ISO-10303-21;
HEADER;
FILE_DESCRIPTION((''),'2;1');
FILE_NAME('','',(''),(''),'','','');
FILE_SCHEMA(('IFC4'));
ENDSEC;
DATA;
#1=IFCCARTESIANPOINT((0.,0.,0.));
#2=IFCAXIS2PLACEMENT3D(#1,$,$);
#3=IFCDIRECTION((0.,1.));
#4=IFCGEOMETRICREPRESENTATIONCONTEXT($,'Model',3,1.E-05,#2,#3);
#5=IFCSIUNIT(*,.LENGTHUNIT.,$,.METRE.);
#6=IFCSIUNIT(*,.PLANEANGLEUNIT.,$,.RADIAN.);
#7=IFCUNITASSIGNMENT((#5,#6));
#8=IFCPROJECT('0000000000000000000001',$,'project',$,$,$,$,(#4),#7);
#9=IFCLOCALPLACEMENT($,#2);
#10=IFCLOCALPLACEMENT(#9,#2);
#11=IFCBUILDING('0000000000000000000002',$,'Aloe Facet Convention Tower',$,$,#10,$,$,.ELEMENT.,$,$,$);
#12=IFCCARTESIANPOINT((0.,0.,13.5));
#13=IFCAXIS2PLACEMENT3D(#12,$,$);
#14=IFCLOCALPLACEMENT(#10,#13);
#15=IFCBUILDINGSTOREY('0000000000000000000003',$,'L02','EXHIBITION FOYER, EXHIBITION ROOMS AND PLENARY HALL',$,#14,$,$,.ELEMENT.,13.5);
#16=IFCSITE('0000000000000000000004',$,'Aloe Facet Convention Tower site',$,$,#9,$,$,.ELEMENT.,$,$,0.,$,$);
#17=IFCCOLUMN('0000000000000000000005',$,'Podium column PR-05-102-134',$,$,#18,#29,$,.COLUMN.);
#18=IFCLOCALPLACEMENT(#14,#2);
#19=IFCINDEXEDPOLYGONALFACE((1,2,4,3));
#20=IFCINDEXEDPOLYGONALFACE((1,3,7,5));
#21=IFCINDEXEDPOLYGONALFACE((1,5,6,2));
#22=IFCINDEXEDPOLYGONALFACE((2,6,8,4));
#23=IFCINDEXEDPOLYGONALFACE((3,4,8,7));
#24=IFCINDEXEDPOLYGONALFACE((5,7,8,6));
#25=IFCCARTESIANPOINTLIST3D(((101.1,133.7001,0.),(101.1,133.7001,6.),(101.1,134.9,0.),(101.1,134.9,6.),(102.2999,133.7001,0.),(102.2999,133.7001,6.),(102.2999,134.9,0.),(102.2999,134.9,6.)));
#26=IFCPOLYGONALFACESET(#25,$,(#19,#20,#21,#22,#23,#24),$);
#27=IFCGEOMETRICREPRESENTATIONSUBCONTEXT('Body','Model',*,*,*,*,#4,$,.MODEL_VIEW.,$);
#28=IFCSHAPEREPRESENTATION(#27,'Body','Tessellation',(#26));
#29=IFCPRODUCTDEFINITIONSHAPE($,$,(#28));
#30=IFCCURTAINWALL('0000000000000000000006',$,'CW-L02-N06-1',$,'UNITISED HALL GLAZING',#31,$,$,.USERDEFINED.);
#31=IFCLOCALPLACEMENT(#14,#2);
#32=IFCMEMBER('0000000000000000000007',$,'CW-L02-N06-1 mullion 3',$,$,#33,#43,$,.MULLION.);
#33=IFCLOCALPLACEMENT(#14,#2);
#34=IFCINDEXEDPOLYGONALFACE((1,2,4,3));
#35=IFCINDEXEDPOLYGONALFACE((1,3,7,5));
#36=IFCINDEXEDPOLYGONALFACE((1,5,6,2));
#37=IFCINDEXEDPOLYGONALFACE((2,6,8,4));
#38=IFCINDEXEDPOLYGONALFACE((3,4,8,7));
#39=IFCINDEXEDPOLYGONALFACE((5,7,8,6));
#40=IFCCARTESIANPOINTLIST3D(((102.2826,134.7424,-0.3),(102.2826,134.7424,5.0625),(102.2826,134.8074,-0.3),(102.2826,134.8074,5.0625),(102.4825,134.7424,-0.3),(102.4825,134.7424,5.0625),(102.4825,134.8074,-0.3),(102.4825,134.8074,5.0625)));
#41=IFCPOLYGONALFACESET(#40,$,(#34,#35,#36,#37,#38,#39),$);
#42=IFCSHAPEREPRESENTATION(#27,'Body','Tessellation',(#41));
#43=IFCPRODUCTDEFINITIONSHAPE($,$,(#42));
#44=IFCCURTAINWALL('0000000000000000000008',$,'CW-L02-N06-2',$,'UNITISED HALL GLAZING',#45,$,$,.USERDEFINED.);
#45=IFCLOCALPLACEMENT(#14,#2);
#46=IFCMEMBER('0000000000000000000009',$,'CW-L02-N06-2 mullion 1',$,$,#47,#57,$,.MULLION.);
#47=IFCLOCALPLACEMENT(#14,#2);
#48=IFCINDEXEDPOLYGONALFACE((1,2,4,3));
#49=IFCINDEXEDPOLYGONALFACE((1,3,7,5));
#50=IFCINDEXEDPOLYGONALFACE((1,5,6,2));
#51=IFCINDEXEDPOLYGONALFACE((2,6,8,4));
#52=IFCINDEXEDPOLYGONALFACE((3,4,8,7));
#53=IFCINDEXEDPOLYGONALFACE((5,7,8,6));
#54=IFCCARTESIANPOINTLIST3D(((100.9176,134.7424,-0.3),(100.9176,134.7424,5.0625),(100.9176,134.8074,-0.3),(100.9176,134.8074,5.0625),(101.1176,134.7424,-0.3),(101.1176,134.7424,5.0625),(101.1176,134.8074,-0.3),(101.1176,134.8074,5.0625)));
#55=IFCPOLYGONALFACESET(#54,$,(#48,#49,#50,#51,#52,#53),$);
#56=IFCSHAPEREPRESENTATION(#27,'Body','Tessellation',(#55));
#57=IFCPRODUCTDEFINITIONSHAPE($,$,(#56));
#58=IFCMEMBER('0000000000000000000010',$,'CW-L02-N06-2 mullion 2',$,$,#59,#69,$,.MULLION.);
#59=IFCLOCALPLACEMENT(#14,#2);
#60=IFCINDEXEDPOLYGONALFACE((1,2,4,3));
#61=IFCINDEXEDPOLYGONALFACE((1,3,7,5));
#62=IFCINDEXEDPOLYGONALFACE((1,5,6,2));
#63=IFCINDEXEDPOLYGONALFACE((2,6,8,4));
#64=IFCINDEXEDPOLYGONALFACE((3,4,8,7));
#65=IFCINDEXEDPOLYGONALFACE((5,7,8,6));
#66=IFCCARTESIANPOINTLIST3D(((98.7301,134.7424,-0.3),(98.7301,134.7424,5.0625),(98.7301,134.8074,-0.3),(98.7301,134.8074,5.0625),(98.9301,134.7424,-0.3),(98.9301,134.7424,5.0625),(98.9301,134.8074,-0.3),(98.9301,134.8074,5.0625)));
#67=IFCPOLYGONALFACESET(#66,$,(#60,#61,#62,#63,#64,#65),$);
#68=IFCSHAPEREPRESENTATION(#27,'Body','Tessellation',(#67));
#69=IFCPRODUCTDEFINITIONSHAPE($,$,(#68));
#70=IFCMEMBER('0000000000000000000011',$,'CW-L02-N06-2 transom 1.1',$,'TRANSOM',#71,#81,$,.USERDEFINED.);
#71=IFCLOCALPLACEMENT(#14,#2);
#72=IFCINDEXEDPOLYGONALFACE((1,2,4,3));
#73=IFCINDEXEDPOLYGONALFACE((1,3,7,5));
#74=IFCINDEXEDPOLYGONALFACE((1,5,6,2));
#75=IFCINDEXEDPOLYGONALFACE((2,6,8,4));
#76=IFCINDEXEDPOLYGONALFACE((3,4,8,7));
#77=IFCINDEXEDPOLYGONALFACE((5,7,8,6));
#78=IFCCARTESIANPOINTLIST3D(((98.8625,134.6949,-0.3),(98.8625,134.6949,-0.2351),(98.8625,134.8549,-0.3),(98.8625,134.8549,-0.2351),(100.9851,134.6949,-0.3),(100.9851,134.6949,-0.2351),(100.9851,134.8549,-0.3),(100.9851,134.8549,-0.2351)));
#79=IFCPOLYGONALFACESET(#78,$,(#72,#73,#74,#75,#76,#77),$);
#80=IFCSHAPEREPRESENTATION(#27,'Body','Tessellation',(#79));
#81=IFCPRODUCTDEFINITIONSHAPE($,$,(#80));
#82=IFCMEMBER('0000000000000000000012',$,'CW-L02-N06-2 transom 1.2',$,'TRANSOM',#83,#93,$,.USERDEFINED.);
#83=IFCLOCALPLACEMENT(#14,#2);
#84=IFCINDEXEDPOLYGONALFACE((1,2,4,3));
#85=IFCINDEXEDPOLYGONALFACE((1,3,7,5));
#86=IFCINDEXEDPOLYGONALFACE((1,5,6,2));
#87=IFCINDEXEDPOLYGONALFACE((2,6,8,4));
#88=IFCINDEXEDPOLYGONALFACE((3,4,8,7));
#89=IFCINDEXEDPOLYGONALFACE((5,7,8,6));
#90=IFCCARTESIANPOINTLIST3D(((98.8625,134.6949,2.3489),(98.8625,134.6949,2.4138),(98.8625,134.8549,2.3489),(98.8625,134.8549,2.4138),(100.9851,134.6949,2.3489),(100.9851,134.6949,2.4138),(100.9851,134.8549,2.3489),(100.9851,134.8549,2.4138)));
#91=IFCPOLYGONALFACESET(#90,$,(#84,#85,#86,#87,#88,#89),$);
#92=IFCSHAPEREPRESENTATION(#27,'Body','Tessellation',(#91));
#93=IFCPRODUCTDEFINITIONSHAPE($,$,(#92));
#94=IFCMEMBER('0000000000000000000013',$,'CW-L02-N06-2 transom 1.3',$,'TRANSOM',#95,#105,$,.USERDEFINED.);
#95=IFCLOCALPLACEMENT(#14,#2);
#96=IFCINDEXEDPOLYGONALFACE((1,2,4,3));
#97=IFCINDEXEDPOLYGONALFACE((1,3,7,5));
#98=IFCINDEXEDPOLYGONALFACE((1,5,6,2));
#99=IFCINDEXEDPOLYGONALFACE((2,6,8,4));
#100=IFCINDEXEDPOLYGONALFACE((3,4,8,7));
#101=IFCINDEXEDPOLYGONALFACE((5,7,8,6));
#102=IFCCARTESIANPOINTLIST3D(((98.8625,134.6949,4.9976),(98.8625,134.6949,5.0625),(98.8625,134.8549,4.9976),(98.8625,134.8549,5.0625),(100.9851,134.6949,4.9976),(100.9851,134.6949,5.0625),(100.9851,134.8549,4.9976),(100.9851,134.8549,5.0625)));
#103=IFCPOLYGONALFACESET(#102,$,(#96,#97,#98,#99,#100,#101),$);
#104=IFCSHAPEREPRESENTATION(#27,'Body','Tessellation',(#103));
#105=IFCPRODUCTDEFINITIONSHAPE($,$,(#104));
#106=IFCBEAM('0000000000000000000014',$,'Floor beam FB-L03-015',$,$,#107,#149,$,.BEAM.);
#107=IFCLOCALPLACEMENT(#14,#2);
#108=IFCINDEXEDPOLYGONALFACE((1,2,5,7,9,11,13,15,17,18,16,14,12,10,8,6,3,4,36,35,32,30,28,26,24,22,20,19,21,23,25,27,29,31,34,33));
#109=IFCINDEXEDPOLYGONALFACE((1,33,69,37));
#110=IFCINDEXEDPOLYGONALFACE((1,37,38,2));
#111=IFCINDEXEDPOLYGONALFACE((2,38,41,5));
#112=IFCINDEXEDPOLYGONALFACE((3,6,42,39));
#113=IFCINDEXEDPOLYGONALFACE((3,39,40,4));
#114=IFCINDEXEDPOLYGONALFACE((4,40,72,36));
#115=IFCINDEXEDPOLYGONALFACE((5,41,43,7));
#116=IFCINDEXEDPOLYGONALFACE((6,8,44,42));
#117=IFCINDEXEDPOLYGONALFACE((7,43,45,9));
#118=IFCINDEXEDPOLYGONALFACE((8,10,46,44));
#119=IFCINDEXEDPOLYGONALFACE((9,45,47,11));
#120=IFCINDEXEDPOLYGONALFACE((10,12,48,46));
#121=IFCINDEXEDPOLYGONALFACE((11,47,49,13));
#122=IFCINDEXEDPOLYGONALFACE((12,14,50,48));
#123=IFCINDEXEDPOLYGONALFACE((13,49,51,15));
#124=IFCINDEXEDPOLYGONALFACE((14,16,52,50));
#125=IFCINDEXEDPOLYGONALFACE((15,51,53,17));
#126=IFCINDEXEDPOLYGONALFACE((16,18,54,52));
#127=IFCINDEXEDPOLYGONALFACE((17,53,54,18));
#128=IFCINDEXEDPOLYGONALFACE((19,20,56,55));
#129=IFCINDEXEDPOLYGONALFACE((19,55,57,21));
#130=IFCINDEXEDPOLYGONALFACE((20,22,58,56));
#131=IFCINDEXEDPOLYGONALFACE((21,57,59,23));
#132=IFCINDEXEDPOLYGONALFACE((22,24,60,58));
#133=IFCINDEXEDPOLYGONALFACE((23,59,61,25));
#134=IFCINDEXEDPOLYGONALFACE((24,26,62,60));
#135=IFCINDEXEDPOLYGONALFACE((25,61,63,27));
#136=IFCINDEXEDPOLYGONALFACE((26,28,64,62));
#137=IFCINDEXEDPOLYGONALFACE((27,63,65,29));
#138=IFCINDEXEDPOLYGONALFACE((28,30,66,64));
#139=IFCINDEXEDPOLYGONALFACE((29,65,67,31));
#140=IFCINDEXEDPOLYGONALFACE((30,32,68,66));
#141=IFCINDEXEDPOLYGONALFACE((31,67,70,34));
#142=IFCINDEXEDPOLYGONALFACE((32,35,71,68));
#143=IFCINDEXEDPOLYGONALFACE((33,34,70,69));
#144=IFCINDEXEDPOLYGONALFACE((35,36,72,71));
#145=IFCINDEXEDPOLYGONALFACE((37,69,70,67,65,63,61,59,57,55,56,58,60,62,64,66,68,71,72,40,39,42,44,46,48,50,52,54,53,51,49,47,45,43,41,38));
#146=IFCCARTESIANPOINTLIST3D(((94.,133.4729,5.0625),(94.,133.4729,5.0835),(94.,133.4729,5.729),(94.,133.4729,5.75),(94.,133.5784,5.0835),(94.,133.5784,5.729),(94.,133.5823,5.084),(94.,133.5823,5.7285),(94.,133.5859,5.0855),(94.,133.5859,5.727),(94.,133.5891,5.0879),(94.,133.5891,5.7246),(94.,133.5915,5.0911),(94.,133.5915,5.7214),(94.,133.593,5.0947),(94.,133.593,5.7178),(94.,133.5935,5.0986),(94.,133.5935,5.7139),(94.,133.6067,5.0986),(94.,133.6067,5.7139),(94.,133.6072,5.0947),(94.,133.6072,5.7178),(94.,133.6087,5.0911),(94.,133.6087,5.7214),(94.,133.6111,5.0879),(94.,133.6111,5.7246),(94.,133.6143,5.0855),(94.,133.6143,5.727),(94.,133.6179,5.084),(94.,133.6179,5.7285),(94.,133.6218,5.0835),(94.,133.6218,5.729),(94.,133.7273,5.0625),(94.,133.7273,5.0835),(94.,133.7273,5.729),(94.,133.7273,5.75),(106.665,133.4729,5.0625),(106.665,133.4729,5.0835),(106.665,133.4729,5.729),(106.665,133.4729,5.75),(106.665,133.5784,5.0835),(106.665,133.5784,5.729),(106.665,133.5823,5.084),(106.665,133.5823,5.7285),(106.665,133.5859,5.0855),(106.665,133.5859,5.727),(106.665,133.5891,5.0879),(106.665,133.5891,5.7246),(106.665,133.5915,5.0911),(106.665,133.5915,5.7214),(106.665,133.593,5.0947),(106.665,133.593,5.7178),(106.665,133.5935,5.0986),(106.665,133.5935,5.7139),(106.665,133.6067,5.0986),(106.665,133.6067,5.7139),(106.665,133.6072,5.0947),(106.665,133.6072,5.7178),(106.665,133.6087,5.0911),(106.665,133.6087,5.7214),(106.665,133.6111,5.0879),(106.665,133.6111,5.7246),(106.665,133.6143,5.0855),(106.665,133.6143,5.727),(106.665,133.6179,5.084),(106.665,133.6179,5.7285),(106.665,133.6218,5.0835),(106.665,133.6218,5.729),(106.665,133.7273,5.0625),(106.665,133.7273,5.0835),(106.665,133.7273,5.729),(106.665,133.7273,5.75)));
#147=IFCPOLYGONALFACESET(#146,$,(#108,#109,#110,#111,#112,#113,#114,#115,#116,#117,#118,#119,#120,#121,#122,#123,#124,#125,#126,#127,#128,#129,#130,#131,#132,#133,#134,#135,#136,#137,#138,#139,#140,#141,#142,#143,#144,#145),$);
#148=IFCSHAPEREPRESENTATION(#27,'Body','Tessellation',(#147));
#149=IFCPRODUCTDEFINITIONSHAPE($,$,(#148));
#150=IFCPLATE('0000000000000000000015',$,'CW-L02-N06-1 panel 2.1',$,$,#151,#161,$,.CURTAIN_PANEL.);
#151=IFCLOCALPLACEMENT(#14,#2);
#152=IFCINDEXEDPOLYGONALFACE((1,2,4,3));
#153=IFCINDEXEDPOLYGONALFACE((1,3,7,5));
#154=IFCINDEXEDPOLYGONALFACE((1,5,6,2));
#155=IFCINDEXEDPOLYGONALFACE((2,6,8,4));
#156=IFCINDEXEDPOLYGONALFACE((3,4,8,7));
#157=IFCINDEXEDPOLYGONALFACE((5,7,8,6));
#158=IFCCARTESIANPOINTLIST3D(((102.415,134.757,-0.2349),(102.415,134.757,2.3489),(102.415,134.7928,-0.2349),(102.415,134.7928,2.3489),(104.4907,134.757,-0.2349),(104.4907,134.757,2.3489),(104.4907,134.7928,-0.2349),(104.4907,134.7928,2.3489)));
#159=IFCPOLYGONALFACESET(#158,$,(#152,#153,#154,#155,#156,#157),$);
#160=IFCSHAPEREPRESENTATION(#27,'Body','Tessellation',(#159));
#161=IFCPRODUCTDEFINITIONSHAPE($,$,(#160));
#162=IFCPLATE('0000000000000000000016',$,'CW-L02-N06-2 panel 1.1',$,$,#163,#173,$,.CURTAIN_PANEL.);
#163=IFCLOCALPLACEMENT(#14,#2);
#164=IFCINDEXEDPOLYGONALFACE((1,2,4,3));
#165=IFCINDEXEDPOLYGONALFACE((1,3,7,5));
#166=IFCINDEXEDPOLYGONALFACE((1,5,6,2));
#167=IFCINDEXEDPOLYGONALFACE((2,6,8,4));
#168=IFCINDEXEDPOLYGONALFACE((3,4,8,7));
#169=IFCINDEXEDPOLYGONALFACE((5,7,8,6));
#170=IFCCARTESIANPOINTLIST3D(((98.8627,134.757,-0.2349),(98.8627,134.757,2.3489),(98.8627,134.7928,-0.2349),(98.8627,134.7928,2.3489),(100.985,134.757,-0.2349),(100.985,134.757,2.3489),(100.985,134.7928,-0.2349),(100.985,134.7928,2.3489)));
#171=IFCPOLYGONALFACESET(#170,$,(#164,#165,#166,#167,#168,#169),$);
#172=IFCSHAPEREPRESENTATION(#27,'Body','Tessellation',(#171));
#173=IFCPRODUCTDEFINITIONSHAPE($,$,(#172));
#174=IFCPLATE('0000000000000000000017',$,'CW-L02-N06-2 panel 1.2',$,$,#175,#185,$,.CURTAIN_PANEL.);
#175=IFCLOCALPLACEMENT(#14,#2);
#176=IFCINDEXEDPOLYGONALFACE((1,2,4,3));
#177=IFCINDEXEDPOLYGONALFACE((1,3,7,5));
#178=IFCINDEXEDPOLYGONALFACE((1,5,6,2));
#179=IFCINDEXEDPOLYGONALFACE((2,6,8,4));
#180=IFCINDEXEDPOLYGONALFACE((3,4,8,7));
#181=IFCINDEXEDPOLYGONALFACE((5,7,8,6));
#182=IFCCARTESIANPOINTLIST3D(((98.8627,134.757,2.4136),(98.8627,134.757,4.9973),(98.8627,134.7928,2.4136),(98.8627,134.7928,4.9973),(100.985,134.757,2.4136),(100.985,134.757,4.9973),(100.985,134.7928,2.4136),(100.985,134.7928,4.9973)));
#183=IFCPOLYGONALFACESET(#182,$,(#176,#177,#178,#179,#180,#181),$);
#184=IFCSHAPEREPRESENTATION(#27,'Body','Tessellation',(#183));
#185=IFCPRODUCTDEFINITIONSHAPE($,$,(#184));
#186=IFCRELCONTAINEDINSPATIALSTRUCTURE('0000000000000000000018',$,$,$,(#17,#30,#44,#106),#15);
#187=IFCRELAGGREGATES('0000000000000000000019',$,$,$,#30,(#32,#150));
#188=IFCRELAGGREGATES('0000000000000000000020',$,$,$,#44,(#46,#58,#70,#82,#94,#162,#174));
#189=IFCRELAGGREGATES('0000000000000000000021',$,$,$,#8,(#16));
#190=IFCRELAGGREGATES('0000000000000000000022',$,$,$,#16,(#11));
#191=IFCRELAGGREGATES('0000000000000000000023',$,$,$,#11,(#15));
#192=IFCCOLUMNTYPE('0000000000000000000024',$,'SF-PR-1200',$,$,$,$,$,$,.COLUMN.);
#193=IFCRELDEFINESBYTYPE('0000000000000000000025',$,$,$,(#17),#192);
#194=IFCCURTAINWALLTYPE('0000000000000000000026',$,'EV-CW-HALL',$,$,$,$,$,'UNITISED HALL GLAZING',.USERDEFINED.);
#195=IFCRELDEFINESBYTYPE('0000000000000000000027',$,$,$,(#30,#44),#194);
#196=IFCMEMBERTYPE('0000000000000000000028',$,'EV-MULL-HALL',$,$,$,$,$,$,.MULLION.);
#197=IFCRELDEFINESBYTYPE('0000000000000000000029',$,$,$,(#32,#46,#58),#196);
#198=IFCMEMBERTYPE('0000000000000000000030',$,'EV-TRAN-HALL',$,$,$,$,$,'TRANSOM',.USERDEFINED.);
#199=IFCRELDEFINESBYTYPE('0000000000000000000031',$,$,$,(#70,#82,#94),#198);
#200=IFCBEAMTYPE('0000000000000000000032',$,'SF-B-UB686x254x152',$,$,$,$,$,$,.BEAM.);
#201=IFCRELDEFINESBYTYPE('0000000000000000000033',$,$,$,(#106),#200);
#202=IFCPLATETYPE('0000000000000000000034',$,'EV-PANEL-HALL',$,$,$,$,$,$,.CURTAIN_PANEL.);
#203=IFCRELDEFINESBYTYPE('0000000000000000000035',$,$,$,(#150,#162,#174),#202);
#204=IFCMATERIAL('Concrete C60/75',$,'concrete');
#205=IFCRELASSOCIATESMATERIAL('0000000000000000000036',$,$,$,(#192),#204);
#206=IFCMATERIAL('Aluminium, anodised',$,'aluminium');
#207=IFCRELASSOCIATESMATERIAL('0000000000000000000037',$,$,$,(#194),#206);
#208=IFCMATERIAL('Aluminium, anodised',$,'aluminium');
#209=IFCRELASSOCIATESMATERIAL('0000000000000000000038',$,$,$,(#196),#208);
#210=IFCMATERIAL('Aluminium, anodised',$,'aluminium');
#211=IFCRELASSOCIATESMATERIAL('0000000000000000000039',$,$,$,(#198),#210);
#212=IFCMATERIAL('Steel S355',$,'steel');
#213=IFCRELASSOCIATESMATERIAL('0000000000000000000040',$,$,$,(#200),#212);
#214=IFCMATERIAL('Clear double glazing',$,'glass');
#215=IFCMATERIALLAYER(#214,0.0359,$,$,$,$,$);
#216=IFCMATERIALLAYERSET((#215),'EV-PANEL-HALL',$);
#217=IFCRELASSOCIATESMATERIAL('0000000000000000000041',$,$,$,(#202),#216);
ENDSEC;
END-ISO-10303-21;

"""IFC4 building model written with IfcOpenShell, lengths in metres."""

from ifc_helpers import new_model, si_unit, direction, frame, origin, origin_2d, place, context, subcontext, project, spatial, rectangle, i_section, extrude, material, layer, layer_set, material_profile, profile_set, type_object, element, aggregate, save


model = new_model("IFC4")

# Units and contexts
model_context = context("Model", 3, precision=1e-05, world=origin(), true_north=direction((0.0, 1.0)))
body_context = subcontext(model_context, "Body", "Model", "MODEL_VIEW")
ifc_project = project(units=[si_unit("LENGTHUNIT", "METRE"), si_unit("PLANEANGLEUNIT", "RADIAN")], contexts=[model_context])

# Site, building, storey
site_placement = place(None, origin())
site = spatial("IfcSite", under=ifc_project, at=site_placement, Name="Aloe Facet Convention Tower site", CompositionType="ELEMENT", RefElevation=0.0)
building_placement = place(site_placement, origin())
building = spatial("IfcBuilding", under=site, at=building_placement, Name="Aloe Facet Convention Tower", CompositionType="ELEMENT")
storey_placement = place(building_placement, frame((0.0, 0.0, 13.5)))
storey = spatial("IfcBuildingStorey", under=building, at=storey_placement, Name="L02", Description="EXHIBITION FOYER, EXHIBITION ROOMS AND PLENARY HALL", CompositionType="ELEMENT", Elevation=13.5)

# Column
ifc_material_1 = material(Name="Concrete C60/75", Category="concrete")
ifc_material_profile_1 = material_profile(ifc_material_1, rectangle(XDim=1.2, YDim=1.2, at=origin_2d()), Name="SF-PR-1200")
ifc_profile_set_1 = profile_set([ifc_material_profile_1], Name="Concrete C60/75")
column_type = type_object("IfcColumnType", Name="SF-PR-1200", PredefinedType="COLUMN", material=ifc_profile_set_1)
column_placement = place(storey_placement, frame((101.7, 134.3, 0.0), z_axis=(0.0, 0.0, 1.0), x_axis=(1.0, 0.0, 0.0)))
element("IfcColumn", 1, at=column_placement, inside=storey, type_object=column_type, Name="Podium column PR-05-102-134", PredefinedType="COLUMN", context=body_context, shape_type="SweptSolid", body=[
    extrude(rectangle(XDim=1.2, YDim=1.2, at=origin_2d()), origin(), (0.0, 0.0, 1.0), 6.0),
])

# Curtain wall, member
ifc_material_2 = material(Name="Aluminium, anodised", Category="aluminium")
curtain_wall_type = type_object("IfcCurtainWallType", Name="EV-CW-HALL", ElementType="UNITISED HALL GLAZING", PredefinedType="USERDEFINED", material=ifc_material_2)
curtain_wall_1_placement = place(storey_placement, origin())
curtain_wall_1 = element("IfcCurtainWall", 2, at=curtain_wall_1_placement, inside=storey, type_object=curtain_wall_type, Name="CW-L02-N06-1", ObjectType="UNITISED HALL GLAZING", PredefinedType="USERDEFINED")
ifc_material_3 = material(Name="Aluminium, anodised", Category="aluminium")
ifc_material_profile_2 = material_profile(ifc_material_3, rectangle(XDim=0.0649, YDim=0.2, at=origin_2d()), Name="AL 65x200")
ifc_profile_set_2 = profile_set([ifc_material_profile_2], Name="Aluminium, anodised")
member_type_1 = type_object("IfcMemberType", Name="EV-MULL-HALL", PredefinedType="MULLION", material=ifc_profile_set_2)
member_1_placement = place(storey_placement, frame((102.3826, 134.7749, -0.3), z_axis=(0.0, 0.0, 1.0), x_axis=(0.0, -1.0, 0.0)))
member_1 = element("IfcMember", 3, at=member_1_placement, type_object=member_type_1, Name="CW-L02-N06-1 mullion 3", PredefinedType="MULLION", context=body_context, shape_type="SweptSolid", body=[
    extrude(rectangle(XDim=0.0649, YDim=0.2, at=origin_2d()), origin(), (0.0, 0.0, 1.0), 5.3625),
])

# Curtain wall, members
curtain_wall_2_placement = place(storey_placement, origin())
curtain_wall_2 = element("IfcCurtainWall", 4, at=curtain_wall_2_placement, inside=storey, type_object=curtain_wall_type, Name="CW-L02-N06-2", ObjectType="UNITISED HALL GLAZING", PredefinedType="USERDEFINED")
member_2_placement = place(storey_placement, frame((101.0176, 134.7749, -0.3), z_axis=(0.0, 0.0, 1.0), x_axis=(0.0, -1.0, 0.0)))
member_2 = element("IfcMember", 5, at=member_2_placement, type_object=member_type_1, Name="CW-L02-N06-2 mullion 1", PredefinedType="MULLION", context=body_context, shape_type="SweptSolid", body=[
    extrude(rectangle(XDim=0.0649, YDim=0.2, at=origin_2d()), origin(), (0.0, 0.0, 1.0), 5.3625),
])
member_3_placement = place(storey_placement, frame((98.8301, 134.7749, -0.3), z_axis=(0.0, 0.0, 1.0), x_axis=(0.0, -1.0, 0.0)))
member_3 = element("IfcMember", 6, at=member_3_placement, type_object=member_type_1, Name="CW-L02-N06-2 mullion 2", PredefinedType="MULLION", context=body_context, shape_type="SweptSolid", body=[
    extrude(rectangle(XDim=0.0649, YDim=0.2, at=origin_2d()), origin(), (0.0, 0.0, 1.0), 5.3625),
])
ifc_material_4 = material(Name="Aluminium, anodised", Category="aluminium")
ifc_material_profile_3 = material_profile(ifc_material_4, rectangle(XDim=0.1599, YDim=0.0649, at=origin_2d()), Name="AL 160x65")
ifc_profile_set_3 = profile_set([ifc_material_profile_3], Name="Aluminium, anodised")
member_type_2 = type_object("IfcMemberType", Name="EV-TRAN-HALL", ElementType="TRANSOM", PredefinedType="USERDEFINED", material=ifc_profile_set_3)
member_4_placement = place(storey_placement, frame((100.9851, 134.7749, -0.2676), z_axis=(-1.0, 0.0, 0.0), x_axis=(0.0, -1.0, 0.0)))
member_4 = element("IfcMember", 7, at=member_4_placement, type_object=member_type_2, Name="CW-L02-N06-2 transom 1.1", ObjectType="TRANSOM", PredefinedType="USERDEFINED", context=body_context, shape_type="SweptSolid", body=[
    extrude(rectangle(XDim=0.1599, YDim=0.0649, at=origin_2d()), origin(), (0.0, 0.0, 1.0), 2.1226),
])
member_5_placement = place(storey_placement, frame((100.9851, 134.7749, 2.3813), z_axis=(-1.0, 0.0, 0.0), x_axis=(0.0, -1.0, 0.0)))
member_5 = element("IfcMember", 8, at=member_5_placement, type_object=member_type_2, Name="CW-L02-N06-2 transom 1.2", ObjectType="TRANSOM", PredefinedType="USERDEFINED", context=body_context, shape_type="SweptSolid", body=[
    extrude(rectangle(XDim=0.1599, YDim=0.0649, at=origin_2d()), origin(), (0.0, 0.0, 1.0), 2.1226),
])
member_6_placement = place(storey_placement, frame((100.9851, 134.7749, 5.03), z_axis=(-1.0, 0.0, 0.0), x_axis=(0.0, -1.0, 0.0)))
member_6 = element("IfcMember", 9, at=member_6_placement, type_object=member_type_2, Name="CW-L02-N06-2 transom 1.3", ObjectType="TRANSOM", PredefinedType="USERDEFINED", context=body_context, shape_type="SweptSolid", body=[
    extrude(rectangle(XDim=0.1599, YDim=0.0649, at=origin_2d()), origin(), (0.0, 0.0, 1.0), 2.1226),
])

# Beam
ifc_material_5 = material(Name="Steel S355", Category="steel")
ifc_material_profile_4 = material_profile(ifc_material_5, i_section(OverallWidth=0.2544, OverallDepth=0.6875, WebThickness=0.0132, FlangeThickness=0.021, FilletRadius=0.0151, at=origin_2d()), Name="UB 686x254x152")
ifc_profile_set_4 = profile_set([ifc_material_profile_4], Name="Steel S355")
beam_type = type_object("IfcBeamType", Name="SF-B-UB686x254x152", PredefinedType="BEAM", material=ifc_profile_set_4)
beam_placement = place(storey_placement, frame((94.0, 133.6001, 5.4062), z_axis=(1.0, 0.0, 0.0), x_axis=(0.0, 1.0, 0.0)))
element("IfcBeam", 10, at=beam_placement, inside=storey, type_object=beam_type, Name="Floor beam FB-L03-015", PredefinedType="BEAM", context=body_context, shape_type="SweptSolid", body=[
    extrude(i_section(OverallWidth=0.2544, OverallDepth=0.6875, WebThickness=0.0132, FlangeThickness=0.021, FilletRadius=0.0151, at=origin_2d()), origin(), (0.0, 0.0, 1.0), 12.665),
])

# Plates
ifc_material_6 = material(Name="Clear double glazing", Category="glass")
ifc_layer_1 = layer(ifc_material_6, 0.0359)
ifc_layer_set_1 = layer_set([ifc_layer_1], Name="EV-PANEL-HALL")
plate_type = type_object("IfcPlateType", Name="EV-PANEL-HALL", PredefinedType="CURTAIN_PANEL", material=ifc_layer_set_1)
plate_1_placement = place(storey_placement, frame((103.4529, 134.7749, -0.2349), z_axis=(0.0, 0.0, 1.0), x_axis=(-1.0, 0.0, 0.0)))
plate_1 = element("IfcPlate", 11, at=plate_1_placement, type_object=plate_type, Name="CW-L02-N06-1 panel 2.1", PredefinedType="CURTAIN_PANEL", context=body_context, shape_type="SweptSolid", body=[
    extrude(rectangle(XDim=2.0757, YDim=0.0359, at=origin_2d()), origin(), (0.0, 0.0, 1.0), 2.5837),
])
aggregate(curtain_wall_1, [member_1, plate_1])
plate_2_placement = place(storey_placement, frame((99.9238, 134.7749, -0.2349), z_axis=(0.0, 0.0, 1.0), x_axis=(-1.0, 0.0, 0.0)))
plate_2 = element("IfcPlate", 12, at=plate_2_placement, type_object=plate_type, Name="CW-L02-N06-2 panel 1.1", PredefinedType="CURTAIN_PANEL", context=body_context, shape_type="SweptSolid", body=[
    extrude(rectangle(XDim=2.1223, YDim=0.0359, at=origin_2d()), origin(), (0.0, 0.0, 1.0), 2.5837),
])
plate_3_placement = place(storey_placement, frame((99.9238, 134.7749, 2.4136), z_axis=(0.0, 0.0, 1.0), x_axis=(-1.0, 0.0, 0.0)))
plate_3 = element("IfcPlate", 13, at=plate_3_placement, type_object=plate_type, Name="CW-L02-N06-2 panel 1.2", PredefinedType="CURTAIN_PANEL", context=body_context, shape_type="SweptSolid", body=[
    extrude(rectangle(XDim=2.1223, YDim=0.0359, at=origin_2d()), origin(), (0.0, 0.0, 1.0), 2.5837),
])
aggregate(curtain_wall_2, [member_2, member_3, member_4, member_5, member_6, plate_2, plate_3])

save(model, "model.ifc")
